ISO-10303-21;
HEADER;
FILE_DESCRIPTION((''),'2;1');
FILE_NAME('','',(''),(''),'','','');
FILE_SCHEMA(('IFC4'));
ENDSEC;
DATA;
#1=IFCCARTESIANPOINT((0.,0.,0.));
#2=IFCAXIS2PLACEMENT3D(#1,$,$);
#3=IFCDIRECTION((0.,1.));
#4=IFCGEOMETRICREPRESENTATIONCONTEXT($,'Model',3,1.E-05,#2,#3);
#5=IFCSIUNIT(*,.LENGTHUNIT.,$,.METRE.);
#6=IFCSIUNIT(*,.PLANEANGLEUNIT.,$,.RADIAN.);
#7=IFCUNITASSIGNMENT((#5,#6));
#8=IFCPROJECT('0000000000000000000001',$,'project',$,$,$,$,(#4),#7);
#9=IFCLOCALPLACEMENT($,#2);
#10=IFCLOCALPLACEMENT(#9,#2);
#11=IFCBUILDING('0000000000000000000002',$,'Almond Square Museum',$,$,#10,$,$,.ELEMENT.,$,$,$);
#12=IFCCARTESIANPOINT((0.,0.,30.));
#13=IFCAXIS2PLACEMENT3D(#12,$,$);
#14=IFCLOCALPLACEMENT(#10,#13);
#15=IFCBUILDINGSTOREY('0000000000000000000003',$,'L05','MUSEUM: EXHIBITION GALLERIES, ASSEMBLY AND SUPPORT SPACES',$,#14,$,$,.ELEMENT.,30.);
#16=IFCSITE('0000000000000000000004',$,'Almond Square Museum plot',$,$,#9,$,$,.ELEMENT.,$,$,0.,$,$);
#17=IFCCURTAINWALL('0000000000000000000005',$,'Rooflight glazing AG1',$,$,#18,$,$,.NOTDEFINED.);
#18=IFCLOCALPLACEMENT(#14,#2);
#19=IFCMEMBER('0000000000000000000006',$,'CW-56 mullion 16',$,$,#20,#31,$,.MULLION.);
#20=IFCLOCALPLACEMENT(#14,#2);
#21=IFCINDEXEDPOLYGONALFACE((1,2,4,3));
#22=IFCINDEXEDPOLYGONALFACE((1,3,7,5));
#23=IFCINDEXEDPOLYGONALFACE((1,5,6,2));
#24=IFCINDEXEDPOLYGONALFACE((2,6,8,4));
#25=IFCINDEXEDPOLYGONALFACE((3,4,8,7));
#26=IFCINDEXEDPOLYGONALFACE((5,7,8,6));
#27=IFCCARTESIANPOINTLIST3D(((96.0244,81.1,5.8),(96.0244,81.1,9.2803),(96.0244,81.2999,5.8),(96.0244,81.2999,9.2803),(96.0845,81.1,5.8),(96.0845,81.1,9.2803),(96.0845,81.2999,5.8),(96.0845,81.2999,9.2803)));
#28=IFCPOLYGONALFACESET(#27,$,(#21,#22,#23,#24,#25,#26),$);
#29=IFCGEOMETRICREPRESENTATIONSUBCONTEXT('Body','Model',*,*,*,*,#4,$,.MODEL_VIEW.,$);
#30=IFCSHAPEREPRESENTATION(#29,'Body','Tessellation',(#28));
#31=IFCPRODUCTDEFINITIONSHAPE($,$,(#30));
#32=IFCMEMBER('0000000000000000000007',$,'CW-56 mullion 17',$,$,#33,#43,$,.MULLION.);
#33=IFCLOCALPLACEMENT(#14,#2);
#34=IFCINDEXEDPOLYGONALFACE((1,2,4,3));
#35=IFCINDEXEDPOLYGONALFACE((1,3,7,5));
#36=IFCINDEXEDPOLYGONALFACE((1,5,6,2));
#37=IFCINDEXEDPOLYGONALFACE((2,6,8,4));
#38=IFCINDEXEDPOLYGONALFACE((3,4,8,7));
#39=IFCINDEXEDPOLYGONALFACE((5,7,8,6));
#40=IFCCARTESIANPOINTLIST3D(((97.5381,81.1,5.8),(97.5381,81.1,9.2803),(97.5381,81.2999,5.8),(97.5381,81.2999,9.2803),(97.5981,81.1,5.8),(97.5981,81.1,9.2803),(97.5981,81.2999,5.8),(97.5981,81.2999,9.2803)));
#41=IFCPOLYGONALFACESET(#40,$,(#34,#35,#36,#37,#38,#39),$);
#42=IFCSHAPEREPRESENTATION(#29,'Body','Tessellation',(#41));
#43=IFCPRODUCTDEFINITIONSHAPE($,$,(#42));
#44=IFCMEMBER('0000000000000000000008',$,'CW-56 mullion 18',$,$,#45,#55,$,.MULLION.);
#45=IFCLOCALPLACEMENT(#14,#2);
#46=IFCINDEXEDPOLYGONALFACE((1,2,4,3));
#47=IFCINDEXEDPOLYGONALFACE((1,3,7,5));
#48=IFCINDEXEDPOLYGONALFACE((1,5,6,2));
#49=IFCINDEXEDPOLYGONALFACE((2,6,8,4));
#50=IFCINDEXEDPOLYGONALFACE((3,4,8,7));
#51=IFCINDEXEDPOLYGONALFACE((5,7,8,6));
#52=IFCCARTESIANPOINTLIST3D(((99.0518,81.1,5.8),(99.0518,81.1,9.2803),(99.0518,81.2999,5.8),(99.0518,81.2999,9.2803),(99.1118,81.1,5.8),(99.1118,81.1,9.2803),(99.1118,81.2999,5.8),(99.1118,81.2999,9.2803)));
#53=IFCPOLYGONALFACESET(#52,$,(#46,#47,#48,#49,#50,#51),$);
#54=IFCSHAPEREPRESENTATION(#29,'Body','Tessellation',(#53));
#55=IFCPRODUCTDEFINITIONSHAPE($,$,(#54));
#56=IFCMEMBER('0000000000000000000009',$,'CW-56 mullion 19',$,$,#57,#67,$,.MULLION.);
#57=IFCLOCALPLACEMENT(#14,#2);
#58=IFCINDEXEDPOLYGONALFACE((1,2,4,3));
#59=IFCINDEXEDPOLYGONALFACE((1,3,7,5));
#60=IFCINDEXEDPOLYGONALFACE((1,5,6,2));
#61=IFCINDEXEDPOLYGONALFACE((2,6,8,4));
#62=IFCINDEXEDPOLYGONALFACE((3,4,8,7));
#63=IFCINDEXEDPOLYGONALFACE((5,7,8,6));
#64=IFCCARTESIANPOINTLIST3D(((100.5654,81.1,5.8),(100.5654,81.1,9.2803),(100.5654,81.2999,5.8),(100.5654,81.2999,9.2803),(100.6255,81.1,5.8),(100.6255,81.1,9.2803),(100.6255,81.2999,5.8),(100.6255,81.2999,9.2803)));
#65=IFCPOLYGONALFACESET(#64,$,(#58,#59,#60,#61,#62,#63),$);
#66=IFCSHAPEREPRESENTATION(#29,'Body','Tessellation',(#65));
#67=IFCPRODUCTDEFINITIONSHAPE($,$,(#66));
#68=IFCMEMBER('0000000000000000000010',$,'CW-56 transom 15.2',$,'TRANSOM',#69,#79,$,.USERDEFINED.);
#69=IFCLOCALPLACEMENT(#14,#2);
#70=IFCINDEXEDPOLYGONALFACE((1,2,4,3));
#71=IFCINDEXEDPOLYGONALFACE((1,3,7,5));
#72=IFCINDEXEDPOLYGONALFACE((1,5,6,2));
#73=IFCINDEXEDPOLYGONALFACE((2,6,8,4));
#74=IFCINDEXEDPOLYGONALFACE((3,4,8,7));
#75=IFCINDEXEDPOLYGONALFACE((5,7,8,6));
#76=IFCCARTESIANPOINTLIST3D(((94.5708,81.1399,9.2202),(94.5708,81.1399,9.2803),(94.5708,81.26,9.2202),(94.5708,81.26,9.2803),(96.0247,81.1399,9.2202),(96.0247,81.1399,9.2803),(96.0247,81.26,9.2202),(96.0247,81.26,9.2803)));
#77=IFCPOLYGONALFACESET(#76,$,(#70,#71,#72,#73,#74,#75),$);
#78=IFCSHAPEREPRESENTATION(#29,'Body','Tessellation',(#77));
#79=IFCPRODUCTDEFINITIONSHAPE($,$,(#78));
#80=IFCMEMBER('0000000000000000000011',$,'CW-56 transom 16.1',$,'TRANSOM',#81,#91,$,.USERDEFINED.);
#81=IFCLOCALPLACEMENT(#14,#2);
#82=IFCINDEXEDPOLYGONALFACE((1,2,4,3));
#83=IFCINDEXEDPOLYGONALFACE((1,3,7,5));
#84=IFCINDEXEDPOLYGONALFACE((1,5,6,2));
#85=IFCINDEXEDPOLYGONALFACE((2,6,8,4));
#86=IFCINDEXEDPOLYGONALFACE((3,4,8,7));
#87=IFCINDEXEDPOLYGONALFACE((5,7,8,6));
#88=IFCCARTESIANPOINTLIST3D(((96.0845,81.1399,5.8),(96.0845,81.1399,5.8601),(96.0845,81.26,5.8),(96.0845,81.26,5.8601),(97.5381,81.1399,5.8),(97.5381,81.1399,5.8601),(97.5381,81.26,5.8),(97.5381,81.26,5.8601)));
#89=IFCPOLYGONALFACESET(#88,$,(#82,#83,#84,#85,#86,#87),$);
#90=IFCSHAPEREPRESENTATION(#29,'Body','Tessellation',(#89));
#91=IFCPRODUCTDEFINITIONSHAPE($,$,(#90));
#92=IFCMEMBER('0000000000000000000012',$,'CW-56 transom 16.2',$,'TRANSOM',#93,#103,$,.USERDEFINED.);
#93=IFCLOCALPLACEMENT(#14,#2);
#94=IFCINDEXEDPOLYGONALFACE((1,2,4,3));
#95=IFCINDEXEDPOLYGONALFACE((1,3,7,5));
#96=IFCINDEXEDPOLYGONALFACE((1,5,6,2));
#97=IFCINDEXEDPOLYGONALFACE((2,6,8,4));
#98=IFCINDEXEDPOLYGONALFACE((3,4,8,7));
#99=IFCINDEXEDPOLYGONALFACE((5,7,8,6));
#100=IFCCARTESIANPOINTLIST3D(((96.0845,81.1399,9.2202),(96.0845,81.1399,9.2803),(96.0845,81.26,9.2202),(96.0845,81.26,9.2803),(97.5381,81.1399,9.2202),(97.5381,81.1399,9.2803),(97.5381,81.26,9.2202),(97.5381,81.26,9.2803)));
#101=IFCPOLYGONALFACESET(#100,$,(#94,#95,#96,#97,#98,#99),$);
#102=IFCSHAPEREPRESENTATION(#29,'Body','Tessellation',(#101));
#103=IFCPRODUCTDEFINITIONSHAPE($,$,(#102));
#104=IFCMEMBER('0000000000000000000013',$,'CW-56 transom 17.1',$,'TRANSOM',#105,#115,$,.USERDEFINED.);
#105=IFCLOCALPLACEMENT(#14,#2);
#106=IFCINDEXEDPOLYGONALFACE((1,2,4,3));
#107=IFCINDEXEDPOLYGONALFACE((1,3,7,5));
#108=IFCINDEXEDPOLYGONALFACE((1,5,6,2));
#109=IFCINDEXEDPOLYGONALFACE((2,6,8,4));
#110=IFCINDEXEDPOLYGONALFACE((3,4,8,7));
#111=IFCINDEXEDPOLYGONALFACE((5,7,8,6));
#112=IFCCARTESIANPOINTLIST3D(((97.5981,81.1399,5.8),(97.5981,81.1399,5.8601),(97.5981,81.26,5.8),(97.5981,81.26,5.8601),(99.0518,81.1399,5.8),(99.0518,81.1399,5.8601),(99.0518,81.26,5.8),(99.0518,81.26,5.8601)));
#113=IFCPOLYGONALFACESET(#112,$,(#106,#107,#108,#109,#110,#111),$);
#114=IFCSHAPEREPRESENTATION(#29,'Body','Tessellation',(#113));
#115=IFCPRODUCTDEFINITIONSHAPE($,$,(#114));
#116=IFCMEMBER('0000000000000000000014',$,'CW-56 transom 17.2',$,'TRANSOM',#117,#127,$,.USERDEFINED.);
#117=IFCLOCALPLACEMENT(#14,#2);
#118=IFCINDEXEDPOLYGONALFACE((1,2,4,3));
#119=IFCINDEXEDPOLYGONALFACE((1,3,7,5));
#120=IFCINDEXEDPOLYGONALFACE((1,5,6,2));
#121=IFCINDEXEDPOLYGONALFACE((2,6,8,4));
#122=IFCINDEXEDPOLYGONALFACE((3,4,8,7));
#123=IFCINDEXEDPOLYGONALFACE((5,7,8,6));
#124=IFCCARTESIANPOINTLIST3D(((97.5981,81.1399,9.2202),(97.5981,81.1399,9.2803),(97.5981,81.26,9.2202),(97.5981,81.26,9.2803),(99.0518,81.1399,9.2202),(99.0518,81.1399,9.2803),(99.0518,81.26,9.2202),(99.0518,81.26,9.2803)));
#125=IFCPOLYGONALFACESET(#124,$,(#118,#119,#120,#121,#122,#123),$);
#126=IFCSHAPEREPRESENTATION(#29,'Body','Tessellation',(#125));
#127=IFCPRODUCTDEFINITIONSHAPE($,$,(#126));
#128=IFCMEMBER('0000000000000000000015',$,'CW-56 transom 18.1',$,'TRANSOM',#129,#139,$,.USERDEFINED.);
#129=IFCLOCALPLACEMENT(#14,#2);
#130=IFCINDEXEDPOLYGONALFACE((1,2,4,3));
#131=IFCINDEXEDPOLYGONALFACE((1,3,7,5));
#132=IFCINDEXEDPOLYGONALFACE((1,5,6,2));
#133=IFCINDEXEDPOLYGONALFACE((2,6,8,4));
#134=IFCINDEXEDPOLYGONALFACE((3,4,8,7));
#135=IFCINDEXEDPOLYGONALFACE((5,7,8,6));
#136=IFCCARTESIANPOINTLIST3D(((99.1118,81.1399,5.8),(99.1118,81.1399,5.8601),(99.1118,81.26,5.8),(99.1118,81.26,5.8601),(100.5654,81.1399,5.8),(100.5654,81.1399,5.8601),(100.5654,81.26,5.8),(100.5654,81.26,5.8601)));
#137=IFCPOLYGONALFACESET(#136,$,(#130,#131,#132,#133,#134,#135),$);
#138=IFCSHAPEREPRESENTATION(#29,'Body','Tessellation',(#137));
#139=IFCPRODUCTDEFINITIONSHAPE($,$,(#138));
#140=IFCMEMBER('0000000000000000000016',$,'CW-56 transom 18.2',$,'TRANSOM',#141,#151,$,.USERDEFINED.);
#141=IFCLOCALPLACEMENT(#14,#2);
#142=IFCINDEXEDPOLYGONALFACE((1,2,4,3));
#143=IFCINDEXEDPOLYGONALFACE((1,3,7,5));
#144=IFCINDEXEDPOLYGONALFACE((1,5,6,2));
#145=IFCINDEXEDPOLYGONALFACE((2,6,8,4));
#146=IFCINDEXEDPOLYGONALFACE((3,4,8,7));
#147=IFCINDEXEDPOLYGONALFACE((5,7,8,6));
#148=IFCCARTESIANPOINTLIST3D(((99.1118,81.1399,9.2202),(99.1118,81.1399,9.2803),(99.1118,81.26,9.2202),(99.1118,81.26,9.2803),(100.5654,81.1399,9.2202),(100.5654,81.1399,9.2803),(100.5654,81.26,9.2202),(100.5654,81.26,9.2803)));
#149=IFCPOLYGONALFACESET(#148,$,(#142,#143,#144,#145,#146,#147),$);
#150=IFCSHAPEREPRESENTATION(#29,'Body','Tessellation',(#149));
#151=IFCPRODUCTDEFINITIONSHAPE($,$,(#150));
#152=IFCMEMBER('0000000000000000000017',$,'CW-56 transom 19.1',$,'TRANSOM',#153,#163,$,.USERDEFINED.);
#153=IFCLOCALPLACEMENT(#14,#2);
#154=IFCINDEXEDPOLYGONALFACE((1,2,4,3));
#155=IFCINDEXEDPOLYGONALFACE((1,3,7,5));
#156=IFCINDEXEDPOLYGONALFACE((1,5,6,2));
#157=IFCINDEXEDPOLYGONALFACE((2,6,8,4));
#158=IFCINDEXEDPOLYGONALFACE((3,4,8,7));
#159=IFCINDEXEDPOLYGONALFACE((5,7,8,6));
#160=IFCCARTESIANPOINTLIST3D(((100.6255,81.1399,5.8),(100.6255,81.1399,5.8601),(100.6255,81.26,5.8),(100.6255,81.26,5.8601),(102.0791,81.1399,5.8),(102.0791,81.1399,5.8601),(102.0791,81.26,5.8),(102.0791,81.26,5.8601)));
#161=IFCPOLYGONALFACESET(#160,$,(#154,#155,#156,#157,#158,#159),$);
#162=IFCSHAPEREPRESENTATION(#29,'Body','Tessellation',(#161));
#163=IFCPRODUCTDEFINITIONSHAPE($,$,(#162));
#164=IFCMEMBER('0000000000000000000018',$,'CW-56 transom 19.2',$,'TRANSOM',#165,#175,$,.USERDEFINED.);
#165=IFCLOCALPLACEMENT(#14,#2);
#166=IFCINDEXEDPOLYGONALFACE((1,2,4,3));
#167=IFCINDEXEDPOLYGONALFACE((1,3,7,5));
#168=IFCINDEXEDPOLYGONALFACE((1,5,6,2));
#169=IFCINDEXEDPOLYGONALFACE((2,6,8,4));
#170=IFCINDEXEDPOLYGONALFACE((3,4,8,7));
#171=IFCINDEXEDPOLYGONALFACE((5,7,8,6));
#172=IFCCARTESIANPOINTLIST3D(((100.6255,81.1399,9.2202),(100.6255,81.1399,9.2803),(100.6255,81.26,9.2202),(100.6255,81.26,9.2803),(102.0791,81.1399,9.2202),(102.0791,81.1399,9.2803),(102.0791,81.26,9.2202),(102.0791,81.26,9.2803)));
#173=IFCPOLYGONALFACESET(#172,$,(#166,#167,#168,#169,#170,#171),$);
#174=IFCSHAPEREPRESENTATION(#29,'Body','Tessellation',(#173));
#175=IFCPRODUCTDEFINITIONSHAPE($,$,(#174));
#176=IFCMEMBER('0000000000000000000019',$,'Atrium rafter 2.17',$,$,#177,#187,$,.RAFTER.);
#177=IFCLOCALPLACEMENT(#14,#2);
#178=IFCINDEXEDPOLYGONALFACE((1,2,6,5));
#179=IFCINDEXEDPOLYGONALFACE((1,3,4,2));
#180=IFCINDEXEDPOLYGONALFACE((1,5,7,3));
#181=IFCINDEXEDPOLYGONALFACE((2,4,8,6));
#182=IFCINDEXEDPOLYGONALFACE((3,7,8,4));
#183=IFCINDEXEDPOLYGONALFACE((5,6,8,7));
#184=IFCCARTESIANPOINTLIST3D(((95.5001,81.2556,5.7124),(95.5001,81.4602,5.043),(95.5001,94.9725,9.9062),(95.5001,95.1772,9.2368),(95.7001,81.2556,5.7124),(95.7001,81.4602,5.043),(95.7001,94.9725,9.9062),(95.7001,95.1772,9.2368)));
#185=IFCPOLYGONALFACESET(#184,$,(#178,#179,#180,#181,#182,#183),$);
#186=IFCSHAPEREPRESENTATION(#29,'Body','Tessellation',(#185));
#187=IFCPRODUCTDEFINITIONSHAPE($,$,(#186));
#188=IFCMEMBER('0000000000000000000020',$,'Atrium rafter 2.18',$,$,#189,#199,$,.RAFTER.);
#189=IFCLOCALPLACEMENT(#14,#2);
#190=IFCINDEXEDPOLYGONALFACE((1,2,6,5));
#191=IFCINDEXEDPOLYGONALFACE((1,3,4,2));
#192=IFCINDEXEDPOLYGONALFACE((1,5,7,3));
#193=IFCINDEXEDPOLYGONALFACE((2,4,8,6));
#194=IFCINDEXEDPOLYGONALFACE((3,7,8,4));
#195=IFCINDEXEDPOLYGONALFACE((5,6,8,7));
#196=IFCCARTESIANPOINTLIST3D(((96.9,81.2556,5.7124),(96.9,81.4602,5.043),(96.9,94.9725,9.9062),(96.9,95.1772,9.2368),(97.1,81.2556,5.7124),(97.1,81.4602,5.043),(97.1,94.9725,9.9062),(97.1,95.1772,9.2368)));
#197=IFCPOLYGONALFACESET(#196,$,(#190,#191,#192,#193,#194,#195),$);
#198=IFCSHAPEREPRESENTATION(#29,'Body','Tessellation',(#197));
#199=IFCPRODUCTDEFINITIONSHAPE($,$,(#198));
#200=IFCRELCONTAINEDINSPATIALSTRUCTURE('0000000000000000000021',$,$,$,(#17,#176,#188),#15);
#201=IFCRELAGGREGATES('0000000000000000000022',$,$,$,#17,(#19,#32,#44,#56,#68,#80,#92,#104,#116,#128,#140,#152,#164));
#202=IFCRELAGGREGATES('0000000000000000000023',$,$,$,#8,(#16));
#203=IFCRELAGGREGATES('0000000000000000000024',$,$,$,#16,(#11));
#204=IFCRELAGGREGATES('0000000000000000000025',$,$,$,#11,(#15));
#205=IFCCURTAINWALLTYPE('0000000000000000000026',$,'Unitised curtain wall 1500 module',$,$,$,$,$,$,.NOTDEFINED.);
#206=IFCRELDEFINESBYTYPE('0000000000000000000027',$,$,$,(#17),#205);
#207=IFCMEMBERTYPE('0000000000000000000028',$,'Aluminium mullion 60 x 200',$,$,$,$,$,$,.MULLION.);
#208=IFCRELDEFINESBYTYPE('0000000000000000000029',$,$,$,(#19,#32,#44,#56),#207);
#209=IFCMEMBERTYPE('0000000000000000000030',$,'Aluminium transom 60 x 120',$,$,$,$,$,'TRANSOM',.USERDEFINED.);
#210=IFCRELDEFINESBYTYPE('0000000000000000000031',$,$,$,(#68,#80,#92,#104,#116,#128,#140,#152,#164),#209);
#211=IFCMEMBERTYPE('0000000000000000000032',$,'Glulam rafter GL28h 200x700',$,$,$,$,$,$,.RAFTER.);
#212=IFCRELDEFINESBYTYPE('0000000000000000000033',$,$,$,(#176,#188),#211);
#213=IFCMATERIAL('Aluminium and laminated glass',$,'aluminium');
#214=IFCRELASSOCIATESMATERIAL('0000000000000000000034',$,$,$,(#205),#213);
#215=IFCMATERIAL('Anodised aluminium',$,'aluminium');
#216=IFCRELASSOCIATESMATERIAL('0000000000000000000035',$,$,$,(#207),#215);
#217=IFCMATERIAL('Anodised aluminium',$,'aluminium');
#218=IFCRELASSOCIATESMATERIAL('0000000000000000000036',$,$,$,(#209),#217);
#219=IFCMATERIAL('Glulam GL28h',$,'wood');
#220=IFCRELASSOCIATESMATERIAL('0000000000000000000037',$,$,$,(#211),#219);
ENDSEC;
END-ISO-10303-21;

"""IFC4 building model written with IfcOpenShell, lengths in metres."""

from ifc_helpers import new_model, si_unit, direction, frame, origin, origin_2d, place, context, subcontext, project, spatial, rectangle, extrude, material, material_profile, profile_set, type_object, element, aggregate, save


model = new_model("IFC4")

# Units and contexts
model_context = context("Model", 3, precision=1e-05, world=origin(), true_north=direction((0.0, 1.0)))
body_context = subcontext(model_context, "Body", "Model", "MODEL_VIEW")
ifc_project = project(units=[si_unit("LENGTHUNIT", "METRE"), si_unit("PLANEANGLEUNIT", "RADIAN")], contexts=[model_context])

# Site, building, storey
site_placement = place(None, origin())
site = spatial("IfcSite", under=ifc_project, at=site_placement, Name="Almond Square Museum plot", CompositionType="ELEMENT", RefElevation=0.0)
building_placement = place(site_placement, origin())
building = spatial("IfcBuilding", under=site, at=building_placement, Name="Almond Square Museum", CompositionType="ELEMENT")
storey_placement = place(building_placement, frame((0.0, 0.0, 30.0)))
storey = spatial("IfcBuildingStorey", under=building, at=storey_placement, Name="L05", Description="MUSEUM: EXHIBITION GALLERIES, ASSEMBLY AND SUPPORT SPACES", CompositionType="ELEMENT", Elevation=30.0)

# Curtain wall, members
ifc_material_1 = material(Name="Aluminium and laminated glass", Category="aluminium")
curtain_wall_type = type_object("IfcCurtainWallType", Name="Unitised curtain wall 1500 module", PredefinedType="NOTDEFINED", material=ifc_material_1)
curtain_wall_placement = place(storey_placement, origin())
curtain_wall = element("IfcCurtainWall", 1, at=curtain_wall_placement, inside=storey, type_object=curtain_wall_type, Name="Rooflight glazing AG1", PredefinedType="NOTDEFINED")
ifc_material_2 = material(Name="Anodised aluminium", Category="aluminium")
ifc_material_profile_1 = material_profile(ifc_material_2, rectangle(XDim=0.2, YDim=0.0601, at=origin_2d()))
ifc_profile_set_1 = profile_set([ifc_material_profile_1], Name="Anodised aluminium")
member_type_1 = type_object("IfcMemberType", Name="Aluminium mullion 60 x 200", PredefinedType="MULLION", material=ifc_profile_set_1)
member_1_placement = place(storey_placement, frame((96.0544, 81.2, 5.8), z_axis=(0.0, 0.0, 1.0), x_axis=(0.0, 1.0, 0.0)))
member_1 = element("IfcMember", 2, at=member_1_placement, type_object=member_type_1, Name="CW-56 mullion 16", PredefinedType="MULLION", context=body_context, shape_type="SweptSolid", body=[
    extrude(rectangle(XDim=0.2, YDim=0.0601, at=origin_2d()), origin(), (0.0, 0.0, 1.0), 3.4802),
])
member_2_placement = place(storey_placement, frame((97.5681, 81.2, 5.8), z_axis=(0.0, 0.0, 1.0), x_axis=(0.0, 1.0, 0.0)))
member_2 = element("IfcMember", 3, at=member_2_placement, type_object=member_type_1, Name="CW-56 mullion 17", PredefinedType="MULLION", context=body_context, shape_type="SweptSolid", body=[
    extrude(rectangle(XDim=0.2, YDim=0.0601, at=origin_2d()), origin(), (0.0, 0.0, 1.0), 3.4802),
])
member_3_placement = place(storey_placement, frame((99.0818, 81.2, 5.8), z_axis=(0.0, 0.0, 1.0), x_axis=(0.0, 1.0, 0.0)))
member_3 = element("IfcMember", 4, at=member_3_placement, type_object=member_type_1, Name="CW-56 mullion 18", PredefinedType="MULLION", context=body_context, shape_type="SweptSolid", body=[
    extrude(rectangle(XDim=0.2, YDim=0.0601, at=origin_2d()), origin(), (0.0, 0.0, 1.0), 3.4802),
])
member_4_placement = place(storey_placement, frame((100.5955, 81.2, 5.8), z_axis=(0.0, 0.0, 1.0), x_axis=(0.0, 1.0, 0.0)))
member_4 = element("IfcMember", 5, at=member_4_placement, type_object=member_type_1, Name="CW-56 mullion 19", PredefinedType="MULLION", context=body_context, shape_type="SweptSolid", body=[
    extrude(rectangle(XDim=0.2, YDim=0.0601, at=origin_2d()), origin(), (0.0, 0.0, 1.0), 3.4802),
])
ifc_material_3 = material(Name="Anodised aluminium", Category="aluminium")
ifc_material_profile_2 = material_profile(ifc_material_3, rectangle(XDim=0.1201, YDim=0.0601, at=origin_2d()))
ifc_profile_set_2 = profile_set([ifc_material_profile_2], Name="Anodised aluminium")
member_type_2 = type_object("IfcMemberType", Name="Aluminium transom 60 x 120", ElementType="TRANSOM", PredefinedType="USERDEFINED", material=ifc_profile_set_2)
member_5_placement = place(storey_placement, frame((94.5708, 81.2, 9.2502), z_axis=(1.0, 0.0, 0.0), x_axis=(0.0, 1.0, 0.0)))
member_5 = element("IfcMember", 6, at=member_5_placement, type_object=member_type_2, Name="CW-56 transom 15.2", ObjectType="TRANSOM", PredefinedType="USERDEFINED", context=body_context, shape_type="SweptSolid", body=[
    extrude(rectangle(XDim=0.1201, YDim=0.0601, at=origin_2d()), origin(), (0.0, 0.0, 1.0), 1.4539),
])
member_6_placement = place(storey_placement, frame((96.0845, 81.2, 5.8301), z_axis=(1.0, 0.0, 0.0), x_axis=(0.0, 1.0, 0.0)))
member_6 = element("IfcMember", 7, at=member_6_placement, type_object=member_type_2, Name="CW-56 transom 16.1", ObjectType="TRANSOM", PredefinedType="USERDEFINED", context=body_context, shape_type="SweptSolid", body=[
    extrude(rectangle(XDim=0.1201, YDim=0.0601, at=origin_2d()), origin(), (0.0, 0.0, 1.0), 1.4536),
])
member_7_placement = place(storey_placement, frame((96.0845, 81.2, 9.2502), z_axis=(1.0, 0.0, 0.0), x_axis=(0.0, 1.0, 0.0)))
member_7 = element("IfcMember", 8, at=member_7_placement, type_object=member_type_2, Name="CW-56 transom 16.2", ObjectType="TRANSOM", PredefinedType="USERDEFINED", context=body_context, shape_type="SweptSolid", body=[
    extrude(rectangle(XDim=0.1201, YDim=0.0601, at=origin_2d()), origin(), (0.0, 0.0, 1.0), 1.4536),
])
member_8_placement = place(storey_placement, frame((97.5981, 81.2, 5.8301), z_axis=(1.0, 0.0, 0.0), x_axis=(0.0, 1.0, 0.0)))
member_8 = element("IfcMember", 9, at=member_8_placement, type_object=member_type_2, Name="CW-56 transom 17.1", ObjectType="TRANSOM", PredefinedType="USERDEFINED", context=body_context, shape_type="SweptSolid", body=[
    extrude(rectangle(XDim=0.1201, YDim=0.0601, at=origin_2d()), origin(), (0.0, 0.0, 1.0), 1.4536),
])
member_9_placement = place(storey_placement, frame((97.5981, 81.2, 9.2502), z_axis=(1.0, 0.0, 0.0), x_axis=(0.0, 1.0, 0.0)))
member_9 = element("IfcMember", 10, at=member_9_placement, type_object=member_type_2, Name="CW-56 transom 17.2", ObjectType="TRANSOM", PredefinedType="USERDEFINED", context=body_context, shape_type="SweptSolid", body=[
    extrude(rectangle(XDim=0.1201, YDim=0.0601, at=origin_2d()), origin(), (0.0, 0.0, 1.0), 1.4536),
])
member_10_placement = place(storey_placement, frame((99.1118, 81.2, 5.8301), z_axis=(1.0, 0.0, 0.0), x_axis=(0.0, 1.0, 0.0)))
member_10 = element("IfcMember", 11, at=member_10_placement, type_object=member_type_2, Name="CW-56 transom 18.1", ObjectType="TRANSOM", PredefinedType="USERDEFINED", context=body_context, shape_type="SweptSolid", body=[
    extrude(rectangle(XDim=0.1201, YDim=0.0601, at=origin_2d()), origin(), (0.0, 0.0, 1.0), 1.4536),
])
member_11_placement = place(storey_placement, frame((99.1118, 81.2, 9.2502), z_axis=(1.0, 0.0, 0.0), x_axis=(0.0, 1.0, 0.0)))
member_11 = element("IfcMember", 12, at=member_11_placement, type_object=member_type_2, Name="CW-56 transom 18.2", ObjectType="TRANSOM", PredefinedType="USERDEFINED", context=body_context, shape_type="SweptSolid", body=[
    extrude(rectangle(XDim=0.1201, YDim=0.0601, at=origin_2d()), origin(), (0.0, 0.0, 1.0), 1.4536),
])
member_12_placement = place(storey_placement, frame((100.6255, 81.2, 5.8301), z_axis=(1.0, 0.0, 0.0), x_axis=(0.0, 1.0, 0.0)))
member_12 = element("IfcMember", 13, at=member_12_placement, type_object=member_type_2, Name="CW-56 transom 19.1", ObjectType="TRANSOM", PredefinedType="USERDEFINED", context=body_context, shape_type="SweptSolid", body=[
    extrude(rectangle(XDim=0.1201, YDim=0.0601, at=origin_2d()), origin(), (0.0, 0.0, 1.0), 1.4536),
])
member_13_placement = place(storey_placement, frame((100.6255, 81.2, 9.2502), z_axis=(1.0, 0.0, 0.0), x_axis=(0.0, 1.0, 0.0)))
member_13 = element("IfcMember", 14, at=member_13_placement, type_object=member_type_2, Name="CW-56 transom 19.2", ObjectType="TRANSOM", PredefinedType="USERDEFINED", context=body_context, shape_type="SweptSolid", body=[
    extrude(rectangle(XDim=0.1201, YDim=0.0601, at=origin_2d()), origin(), (0.0, 0.0, 1.0), 1.4536),
])

# Members
ifc_material_4 = material(Name="Glulam GL28h", Category="wood")
ifc_material_profile_3 = material_profile(ifc_material_4, rectangle(XDim=0.2, YDim=0.7, at=origin_2d()))
ifc_profile_set_3 = profile_set([ifc_material_profile_3], Name="Glulam GL28h")
member_type_3 = type_object("IfcMemberType", Name="Glulam rafter GL28h 200x700", PredefinedType="RAFTER", material=ifc_profile_set_3)
for number, where, z_axis, x_axis, name in (
    (15, (95.6001, 81.3579, 5.3777), (0.0, 0.956302, 0.29238), (-1.0, 0.0, 0.0), "Atrium rafter 2.17"),
    (16, (97.0, 81.3579, 5.3777), (0.0, 0.956302, 0.29238), (-1.0, 0.0, 0.0), "Atrium rafter 2.18"),
):
    element("IfcMember", number, at=place(storey_placement, frame(where, z_axis=z_axis, x_axis=x_axis)), inside=storey, type_object=member_type_3, Name=name, PredefinedType="RAFTER", context=body_context, shape_type="SweptSolid", body=[
        extrude(rectangle(XDim=0.2, YDim=0.7, at=origin_2d()), origin(), (0.0, 0.0, 1.0), 14.3438),
    ])

aggregate(curtain_wall, [member_1, member_2, member_3, member_4, member_5, member_6, member_7, member_8, member_9, member_10, member_11, member_12, member_13])

save(model, "model.ifc")
